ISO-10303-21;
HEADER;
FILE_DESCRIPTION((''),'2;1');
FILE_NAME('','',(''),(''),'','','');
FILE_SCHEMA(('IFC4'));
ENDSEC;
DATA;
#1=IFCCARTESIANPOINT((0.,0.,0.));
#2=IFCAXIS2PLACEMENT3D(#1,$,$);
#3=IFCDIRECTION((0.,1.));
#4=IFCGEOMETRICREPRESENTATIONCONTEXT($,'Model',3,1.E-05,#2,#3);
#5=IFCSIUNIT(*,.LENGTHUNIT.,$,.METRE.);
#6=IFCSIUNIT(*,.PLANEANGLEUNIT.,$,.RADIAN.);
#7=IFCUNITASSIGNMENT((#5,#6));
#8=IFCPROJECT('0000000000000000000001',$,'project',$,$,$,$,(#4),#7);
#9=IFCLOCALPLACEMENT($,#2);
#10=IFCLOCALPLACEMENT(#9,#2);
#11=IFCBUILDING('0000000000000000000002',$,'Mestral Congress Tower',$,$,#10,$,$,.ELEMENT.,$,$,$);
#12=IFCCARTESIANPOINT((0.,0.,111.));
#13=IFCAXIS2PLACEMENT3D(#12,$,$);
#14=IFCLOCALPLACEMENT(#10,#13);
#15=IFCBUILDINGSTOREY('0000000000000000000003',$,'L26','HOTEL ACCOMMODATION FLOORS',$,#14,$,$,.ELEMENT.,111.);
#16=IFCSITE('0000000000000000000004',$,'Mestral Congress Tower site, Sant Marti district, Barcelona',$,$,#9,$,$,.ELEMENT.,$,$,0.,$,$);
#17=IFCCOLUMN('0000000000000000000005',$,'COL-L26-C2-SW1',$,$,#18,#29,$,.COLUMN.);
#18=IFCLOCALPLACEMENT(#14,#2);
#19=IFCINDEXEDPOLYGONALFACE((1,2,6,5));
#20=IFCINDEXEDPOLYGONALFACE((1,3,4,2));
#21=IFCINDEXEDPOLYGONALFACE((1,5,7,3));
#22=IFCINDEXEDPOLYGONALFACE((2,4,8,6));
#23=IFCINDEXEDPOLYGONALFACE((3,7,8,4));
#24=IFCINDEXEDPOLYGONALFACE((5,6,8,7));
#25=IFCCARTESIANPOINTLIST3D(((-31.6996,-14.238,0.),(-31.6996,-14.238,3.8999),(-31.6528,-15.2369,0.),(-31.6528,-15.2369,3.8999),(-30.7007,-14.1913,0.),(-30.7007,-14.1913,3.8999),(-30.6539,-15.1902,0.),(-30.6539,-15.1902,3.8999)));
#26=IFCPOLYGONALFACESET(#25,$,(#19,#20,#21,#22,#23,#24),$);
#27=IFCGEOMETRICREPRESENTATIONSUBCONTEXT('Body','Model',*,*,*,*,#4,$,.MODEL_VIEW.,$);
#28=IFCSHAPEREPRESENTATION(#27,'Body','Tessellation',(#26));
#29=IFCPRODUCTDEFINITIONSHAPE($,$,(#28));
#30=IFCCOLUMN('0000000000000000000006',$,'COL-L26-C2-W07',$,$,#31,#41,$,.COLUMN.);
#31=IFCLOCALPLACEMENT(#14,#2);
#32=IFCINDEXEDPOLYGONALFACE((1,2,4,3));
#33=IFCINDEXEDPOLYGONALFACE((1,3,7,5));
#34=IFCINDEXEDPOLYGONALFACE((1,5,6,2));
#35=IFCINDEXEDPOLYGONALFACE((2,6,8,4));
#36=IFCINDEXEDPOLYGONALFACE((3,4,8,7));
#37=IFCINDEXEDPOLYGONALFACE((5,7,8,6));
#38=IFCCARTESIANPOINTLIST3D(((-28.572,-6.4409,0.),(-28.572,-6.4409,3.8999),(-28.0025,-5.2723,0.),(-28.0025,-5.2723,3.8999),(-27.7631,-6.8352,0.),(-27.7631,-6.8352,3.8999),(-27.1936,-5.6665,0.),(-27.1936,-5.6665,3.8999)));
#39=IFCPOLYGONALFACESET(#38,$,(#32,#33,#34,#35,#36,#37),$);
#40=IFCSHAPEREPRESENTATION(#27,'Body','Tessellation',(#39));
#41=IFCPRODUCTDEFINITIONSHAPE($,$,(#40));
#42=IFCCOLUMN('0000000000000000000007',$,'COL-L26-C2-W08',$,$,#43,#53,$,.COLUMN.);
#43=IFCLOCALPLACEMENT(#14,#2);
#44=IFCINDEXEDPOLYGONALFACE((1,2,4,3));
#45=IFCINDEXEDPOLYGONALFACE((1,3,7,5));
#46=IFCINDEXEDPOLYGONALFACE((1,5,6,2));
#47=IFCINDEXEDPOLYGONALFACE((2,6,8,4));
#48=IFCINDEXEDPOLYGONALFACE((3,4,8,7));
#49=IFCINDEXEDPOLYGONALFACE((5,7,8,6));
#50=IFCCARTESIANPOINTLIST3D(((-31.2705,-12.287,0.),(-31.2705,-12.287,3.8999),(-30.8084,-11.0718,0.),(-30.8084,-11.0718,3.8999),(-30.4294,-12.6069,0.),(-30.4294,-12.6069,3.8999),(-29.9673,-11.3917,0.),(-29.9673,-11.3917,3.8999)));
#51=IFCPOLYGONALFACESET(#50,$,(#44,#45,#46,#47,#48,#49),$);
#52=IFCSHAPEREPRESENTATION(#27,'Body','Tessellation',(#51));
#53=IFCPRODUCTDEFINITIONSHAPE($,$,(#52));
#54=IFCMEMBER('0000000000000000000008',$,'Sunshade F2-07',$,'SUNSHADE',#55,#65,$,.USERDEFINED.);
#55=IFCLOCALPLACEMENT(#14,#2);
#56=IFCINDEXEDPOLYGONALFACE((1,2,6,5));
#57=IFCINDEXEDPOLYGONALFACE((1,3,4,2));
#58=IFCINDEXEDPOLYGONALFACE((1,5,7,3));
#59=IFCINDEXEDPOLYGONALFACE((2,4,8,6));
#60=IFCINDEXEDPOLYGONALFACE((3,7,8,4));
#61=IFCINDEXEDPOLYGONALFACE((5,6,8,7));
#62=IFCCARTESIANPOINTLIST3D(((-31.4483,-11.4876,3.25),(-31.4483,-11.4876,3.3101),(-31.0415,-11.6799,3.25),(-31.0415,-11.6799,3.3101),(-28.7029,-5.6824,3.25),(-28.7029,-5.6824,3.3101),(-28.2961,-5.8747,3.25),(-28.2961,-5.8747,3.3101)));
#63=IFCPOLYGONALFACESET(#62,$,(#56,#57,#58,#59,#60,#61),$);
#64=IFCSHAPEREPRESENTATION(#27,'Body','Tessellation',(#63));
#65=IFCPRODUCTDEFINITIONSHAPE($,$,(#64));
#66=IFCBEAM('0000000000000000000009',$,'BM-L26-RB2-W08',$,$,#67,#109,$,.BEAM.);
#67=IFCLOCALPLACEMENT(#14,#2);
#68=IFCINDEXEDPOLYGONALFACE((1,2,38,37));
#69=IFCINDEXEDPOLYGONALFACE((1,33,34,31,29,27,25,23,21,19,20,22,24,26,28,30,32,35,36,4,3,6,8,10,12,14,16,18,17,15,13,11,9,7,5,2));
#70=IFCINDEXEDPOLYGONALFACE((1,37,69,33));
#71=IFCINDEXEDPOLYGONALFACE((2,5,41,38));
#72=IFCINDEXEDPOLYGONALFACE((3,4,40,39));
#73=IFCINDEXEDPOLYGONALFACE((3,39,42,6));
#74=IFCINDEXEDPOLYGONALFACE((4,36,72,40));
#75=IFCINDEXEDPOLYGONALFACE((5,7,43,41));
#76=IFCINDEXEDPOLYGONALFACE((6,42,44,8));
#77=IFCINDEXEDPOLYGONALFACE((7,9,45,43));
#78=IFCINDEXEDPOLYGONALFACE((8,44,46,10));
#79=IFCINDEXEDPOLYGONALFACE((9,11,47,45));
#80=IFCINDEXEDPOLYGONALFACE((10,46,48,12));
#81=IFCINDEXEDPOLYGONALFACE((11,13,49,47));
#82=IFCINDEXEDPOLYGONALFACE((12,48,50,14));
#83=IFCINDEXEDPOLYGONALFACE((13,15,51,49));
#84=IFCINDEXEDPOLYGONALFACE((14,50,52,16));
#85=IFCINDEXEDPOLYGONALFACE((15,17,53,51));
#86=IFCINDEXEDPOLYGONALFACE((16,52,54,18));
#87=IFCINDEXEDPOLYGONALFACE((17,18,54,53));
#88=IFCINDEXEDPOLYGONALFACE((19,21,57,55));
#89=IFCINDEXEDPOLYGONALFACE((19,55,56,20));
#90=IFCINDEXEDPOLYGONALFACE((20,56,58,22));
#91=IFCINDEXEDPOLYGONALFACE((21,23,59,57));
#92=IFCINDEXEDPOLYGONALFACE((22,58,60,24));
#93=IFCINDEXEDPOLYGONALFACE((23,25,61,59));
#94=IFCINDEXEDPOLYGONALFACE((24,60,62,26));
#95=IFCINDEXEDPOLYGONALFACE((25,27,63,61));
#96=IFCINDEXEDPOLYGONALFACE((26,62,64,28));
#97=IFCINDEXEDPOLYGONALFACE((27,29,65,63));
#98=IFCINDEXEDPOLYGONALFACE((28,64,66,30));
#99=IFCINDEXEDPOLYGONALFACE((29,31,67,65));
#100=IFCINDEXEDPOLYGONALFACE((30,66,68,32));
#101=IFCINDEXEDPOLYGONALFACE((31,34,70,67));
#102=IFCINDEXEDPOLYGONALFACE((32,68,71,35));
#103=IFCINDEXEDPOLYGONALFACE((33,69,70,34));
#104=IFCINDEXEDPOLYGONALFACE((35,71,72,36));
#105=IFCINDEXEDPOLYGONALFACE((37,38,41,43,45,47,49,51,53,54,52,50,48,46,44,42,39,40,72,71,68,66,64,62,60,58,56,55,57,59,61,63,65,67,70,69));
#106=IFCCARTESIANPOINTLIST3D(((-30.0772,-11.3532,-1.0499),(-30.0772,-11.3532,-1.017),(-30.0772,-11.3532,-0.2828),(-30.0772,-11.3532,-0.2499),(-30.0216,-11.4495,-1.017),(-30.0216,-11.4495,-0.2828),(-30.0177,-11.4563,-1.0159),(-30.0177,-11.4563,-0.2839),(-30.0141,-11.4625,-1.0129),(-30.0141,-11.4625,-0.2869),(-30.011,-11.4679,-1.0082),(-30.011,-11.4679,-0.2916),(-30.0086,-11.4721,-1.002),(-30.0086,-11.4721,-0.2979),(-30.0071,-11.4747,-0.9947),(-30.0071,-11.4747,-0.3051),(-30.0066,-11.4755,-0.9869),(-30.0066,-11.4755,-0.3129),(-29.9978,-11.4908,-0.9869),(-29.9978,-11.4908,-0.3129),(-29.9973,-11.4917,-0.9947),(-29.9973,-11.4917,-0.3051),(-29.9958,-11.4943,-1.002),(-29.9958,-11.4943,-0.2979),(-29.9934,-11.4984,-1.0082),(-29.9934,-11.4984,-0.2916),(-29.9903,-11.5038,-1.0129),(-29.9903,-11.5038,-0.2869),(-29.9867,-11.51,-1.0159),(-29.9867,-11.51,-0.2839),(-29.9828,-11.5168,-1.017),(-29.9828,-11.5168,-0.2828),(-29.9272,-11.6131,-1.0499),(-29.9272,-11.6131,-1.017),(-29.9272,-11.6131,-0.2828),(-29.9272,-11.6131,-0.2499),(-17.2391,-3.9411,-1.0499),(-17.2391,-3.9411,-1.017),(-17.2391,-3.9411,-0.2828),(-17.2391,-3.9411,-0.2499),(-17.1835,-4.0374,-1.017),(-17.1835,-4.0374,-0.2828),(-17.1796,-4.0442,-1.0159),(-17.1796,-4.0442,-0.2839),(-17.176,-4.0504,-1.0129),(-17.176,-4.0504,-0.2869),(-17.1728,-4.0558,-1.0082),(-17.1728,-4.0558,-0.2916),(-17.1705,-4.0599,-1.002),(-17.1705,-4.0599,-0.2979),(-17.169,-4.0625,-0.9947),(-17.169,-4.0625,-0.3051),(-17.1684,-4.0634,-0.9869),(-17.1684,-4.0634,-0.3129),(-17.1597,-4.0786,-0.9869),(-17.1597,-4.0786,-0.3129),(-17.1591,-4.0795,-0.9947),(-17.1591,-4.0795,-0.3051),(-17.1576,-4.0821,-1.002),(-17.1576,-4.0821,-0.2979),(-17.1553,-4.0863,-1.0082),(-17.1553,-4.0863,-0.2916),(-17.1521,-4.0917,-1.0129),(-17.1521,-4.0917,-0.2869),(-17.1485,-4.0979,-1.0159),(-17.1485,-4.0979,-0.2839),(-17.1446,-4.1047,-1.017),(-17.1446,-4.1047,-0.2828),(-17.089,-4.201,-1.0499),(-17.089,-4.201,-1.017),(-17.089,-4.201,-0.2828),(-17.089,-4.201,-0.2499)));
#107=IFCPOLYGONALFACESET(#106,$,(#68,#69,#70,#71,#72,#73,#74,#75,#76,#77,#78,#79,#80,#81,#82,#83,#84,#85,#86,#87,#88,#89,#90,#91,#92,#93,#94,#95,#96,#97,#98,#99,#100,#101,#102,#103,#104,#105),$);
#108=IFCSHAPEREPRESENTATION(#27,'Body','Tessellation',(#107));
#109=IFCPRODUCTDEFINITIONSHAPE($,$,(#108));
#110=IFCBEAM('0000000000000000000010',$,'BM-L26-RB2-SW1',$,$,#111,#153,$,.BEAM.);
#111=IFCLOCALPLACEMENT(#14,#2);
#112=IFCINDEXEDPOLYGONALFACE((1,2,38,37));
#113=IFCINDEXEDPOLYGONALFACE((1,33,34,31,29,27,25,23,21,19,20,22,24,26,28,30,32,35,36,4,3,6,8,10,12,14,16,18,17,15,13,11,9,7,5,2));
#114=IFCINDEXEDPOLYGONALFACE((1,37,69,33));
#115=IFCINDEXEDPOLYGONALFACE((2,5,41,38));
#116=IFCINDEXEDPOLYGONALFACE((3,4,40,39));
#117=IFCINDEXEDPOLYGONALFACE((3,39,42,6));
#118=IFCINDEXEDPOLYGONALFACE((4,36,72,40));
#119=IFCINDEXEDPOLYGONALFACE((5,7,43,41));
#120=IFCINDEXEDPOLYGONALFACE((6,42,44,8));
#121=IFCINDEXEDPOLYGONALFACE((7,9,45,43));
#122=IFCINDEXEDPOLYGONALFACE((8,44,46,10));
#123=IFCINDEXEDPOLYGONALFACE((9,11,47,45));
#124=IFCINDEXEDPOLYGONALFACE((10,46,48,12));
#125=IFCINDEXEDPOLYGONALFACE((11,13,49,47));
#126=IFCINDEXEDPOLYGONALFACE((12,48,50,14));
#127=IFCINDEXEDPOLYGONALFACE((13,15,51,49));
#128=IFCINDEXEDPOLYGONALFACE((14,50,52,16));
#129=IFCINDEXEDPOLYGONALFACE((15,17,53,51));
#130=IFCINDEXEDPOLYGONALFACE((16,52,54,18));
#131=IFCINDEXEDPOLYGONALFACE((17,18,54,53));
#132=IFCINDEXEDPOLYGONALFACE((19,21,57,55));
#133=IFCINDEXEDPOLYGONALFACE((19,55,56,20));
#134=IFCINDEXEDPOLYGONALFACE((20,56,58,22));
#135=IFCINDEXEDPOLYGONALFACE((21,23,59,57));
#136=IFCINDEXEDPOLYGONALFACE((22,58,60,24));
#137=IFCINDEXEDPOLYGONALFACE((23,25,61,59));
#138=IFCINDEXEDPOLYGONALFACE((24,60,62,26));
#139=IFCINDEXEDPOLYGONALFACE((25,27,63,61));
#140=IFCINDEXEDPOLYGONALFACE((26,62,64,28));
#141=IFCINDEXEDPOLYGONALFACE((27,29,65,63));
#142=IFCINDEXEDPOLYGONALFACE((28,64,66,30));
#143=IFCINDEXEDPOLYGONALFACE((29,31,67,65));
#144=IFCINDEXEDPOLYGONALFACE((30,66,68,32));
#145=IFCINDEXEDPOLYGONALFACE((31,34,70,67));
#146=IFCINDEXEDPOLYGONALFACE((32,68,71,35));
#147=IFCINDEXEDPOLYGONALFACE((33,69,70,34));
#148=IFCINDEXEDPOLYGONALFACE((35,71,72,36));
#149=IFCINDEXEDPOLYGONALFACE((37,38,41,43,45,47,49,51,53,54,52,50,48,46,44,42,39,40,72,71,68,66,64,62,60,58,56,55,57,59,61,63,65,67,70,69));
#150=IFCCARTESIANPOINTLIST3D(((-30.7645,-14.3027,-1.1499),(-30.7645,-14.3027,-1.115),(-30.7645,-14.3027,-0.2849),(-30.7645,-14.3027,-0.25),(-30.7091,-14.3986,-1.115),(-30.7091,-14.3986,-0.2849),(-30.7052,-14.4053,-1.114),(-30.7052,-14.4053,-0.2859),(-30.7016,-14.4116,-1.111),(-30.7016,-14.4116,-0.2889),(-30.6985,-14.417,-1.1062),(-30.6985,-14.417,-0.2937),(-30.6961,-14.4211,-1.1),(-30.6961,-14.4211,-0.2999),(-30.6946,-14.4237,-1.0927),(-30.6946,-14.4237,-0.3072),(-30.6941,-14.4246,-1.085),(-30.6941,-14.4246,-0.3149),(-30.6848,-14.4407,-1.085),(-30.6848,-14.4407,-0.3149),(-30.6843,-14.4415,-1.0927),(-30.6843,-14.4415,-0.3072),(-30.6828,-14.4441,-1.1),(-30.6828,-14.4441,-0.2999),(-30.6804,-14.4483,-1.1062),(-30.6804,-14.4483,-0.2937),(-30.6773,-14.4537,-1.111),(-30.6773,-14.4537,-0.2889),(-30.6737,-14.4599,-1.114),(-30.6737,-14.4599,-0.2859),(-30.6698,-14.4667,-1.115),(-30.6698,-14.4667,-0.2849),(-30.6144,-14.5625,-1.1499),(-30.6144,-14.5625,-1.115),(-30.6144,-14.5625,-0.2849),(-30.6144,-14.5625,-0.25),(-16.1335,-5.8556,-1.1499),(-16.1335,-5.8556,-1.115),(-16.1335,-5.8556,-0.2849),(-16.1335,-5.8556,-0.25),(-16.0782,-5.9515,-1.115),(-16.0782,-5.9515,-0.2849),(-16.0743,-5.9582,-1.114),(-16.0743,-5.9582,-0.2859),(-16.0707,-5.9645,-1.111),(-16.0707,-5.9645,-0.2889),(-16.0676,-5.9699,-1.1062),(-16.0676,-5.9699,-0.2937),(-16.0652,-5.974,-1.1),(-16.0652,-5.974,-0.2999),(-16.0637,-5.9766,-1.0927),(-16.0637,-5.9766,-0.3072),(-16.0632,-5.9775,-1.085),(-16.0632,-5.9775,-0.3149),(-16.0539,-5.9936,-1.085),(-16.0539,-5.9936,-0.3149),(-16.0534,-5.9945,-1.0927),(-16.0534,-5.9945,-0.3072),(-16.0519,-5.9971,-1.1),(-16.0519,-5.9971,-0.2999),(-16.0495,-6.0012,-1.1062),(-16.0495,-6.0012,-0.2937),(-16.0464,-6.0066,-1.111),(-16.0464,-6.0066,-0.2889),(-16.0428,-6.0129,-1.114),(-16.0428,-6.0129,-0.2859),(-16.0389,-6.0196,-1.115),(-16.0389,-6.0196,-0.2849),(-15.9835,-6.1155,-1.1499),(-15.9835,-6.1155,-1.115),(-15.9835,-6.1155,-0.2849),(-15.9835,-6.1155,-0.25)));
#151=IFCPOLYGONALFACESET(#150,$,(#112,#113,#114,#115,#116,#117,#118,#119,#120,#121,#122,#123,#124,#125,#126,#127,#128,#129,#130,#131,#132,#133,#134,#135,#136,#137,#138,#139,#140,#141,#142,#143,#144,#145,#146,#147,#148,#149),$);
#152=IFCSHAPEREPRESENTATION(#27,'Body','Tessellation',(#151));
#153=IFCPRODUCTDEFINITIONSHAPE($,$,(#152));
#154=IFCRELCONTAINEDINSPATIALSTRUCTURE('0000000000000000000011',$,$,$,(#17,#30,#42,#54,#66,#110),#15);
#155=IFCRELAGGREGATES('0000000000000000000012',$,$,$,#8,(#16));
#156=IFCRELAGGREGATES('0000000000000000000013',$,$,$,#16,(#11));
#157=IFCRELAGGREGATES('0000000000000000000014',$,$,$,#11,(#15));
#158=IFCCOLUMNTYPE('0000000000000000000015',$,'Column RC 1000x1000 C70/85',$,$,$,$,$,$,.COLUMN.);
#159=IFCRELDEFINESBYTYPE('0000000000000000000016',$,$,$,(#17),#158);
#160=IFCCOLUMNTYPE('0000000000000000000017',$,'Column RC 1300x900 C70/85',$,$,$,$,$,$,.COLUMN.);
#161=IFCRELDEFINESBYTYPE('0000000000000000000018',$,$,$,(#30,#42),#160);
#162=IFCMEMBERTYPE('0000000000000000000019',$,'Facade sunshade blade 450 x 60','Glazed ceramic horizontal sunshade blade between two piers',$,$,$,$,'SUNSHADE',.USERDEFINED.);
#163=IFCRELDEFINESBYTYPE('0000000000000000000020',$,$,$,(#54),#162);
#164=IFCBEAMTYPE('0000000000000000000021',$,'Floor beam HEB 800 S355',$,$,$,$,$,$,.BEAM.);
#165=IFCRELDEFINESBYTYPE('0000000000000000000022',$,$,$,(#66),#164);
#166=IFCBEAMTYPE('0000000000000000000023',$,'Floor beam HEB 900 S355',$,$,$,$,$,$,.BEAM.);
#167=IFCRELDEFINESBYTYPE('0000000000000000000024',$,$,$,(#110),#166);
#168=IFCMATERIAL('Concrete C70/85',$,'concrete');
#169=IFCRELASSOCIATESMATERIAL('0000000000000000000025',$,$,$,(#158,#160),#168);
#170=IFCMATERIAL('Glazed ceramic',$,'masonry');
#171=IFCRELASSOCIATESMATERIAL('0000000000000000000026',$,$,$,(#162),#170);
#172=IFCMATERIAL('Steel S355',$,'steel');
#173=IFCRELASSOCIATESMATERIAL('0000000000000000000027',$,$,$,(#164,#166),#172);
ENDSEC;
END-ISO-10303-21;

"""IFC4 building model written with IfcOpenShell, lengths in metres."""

from ifc_helpers import new_model, si_unit, direction, frame, origin, origin_2d, place, context, subcontext, project, spatial, rectangle, i_section, extrude, material, material_profile, profile_set, type_object, element, save


model = new_model("IFC4")

# Units and contexts
model_context = context("Model", 3, precision=1e-05, world=origin(), true_north=direction((0.0, 1.0)))
body_context = subcontext(model_context, "Body", "Model", "MODEL_VIEW")
ifc_project = project(units=[si_unit("LENGTHUNIT", "METRE"), si_unit("PLANEANGLEUNIT", "RADIAN")], contexts=[model_context])

# Site, building, storey
site_placement = place(None, origin())
site = spatial("IfcSite", under=ifc_project, at=site_placement, Name="Mestral Congress Tower site, Sant Marti district, Barcelona", CompositionType="ELEMENT", RefElevation=0.0)
building_placement = place(site_placement, origin())
building = spatial("IfcBuilding", under=site, at=building_placement, Name="Mestral Congress Tower", CompositionType="ELEMENT")
storey_placement = place(building_placement, frame((0.0, 0.0, 111.0)))
storey = spatial("IfcBuildingStorey", under=building, at=storey_placement, Name="L26", Description="HOTEL ACCOMMODATION FLOORS", CompositionType="ELEMENT", Elevation=111.0)

# Columns
ifc_material_1 = material(Name="Concrete C70/85", Category="concrete")
ifc_material_profile_1 = material_profile(ifc_material_1, rectangle(XDim=1.0, YDim=1.0, at=origin_2d()), Name="RC 1000x1000")
ifc_profile_set_1 = profile_set([ifc_material_profile_1], Name="Concrete C70/85")
column_type_1 = type_object("IfcColumnType", Name="Column RC 1000x1000 C70/85", PredefinedType="COLUMN", material=ifc_profile_set_1)
column_placement = place(storey_placement, frame((-31.1768, -14.7141, 0.0), z_axis=(0.0, 0.0, 1.0), x_axis=(0.046756, -0.998906, 0.0)))
element("IfcColumn", 1, at=column_placement, inside=storey, type_object=column_type_1, Name="COL-L26-C2-SW1", PredefinedType="COLUMN", context=body_context, shape_type="SweptSolid", body=[
    extrude(rectangle(XDim=1.0, YDim=1.0, at=origin_2d()), origin(), (0.0, 0.0, 1.0), 3.8999),
])
ifc_material_profile_2 = material_profile(ifc_material_1, rectangle(XDim=1.3, YDim=0.8999, at=origin_2d()), Name="RC 1300x900")
ifc_profile_set_2 = profile_set([ifc_material_profile_2], Name="Concrete C70/85")
column_type_2 = type_object("IfcColumnType", Name="Column RC 1300x900 C70/85", PredefinedType="COLUMN", material=ifc_profile_set_2)
for number, where, z_axis, x_axis, name in (
    (2, (-27.8828, -6.0537, 0.0), (0.0, 0.0, 1.0), (-0.438061, -0.898945, 0.0), "COL-L26-C2-W07"),
    (3, (-30.6189, -11.8394, 0.0), (0.0, 0.0, 1.0), (-0.355494, -0.934679, 0.0), "COL-L26-C2-W08"),
):
    element("IfcColumn", number, at=place(storey_placement, frame(where, z_axis=z_axis, x_axis=x_axis)), inside=storey, type_object=column_type_2, Name=name, PredefinedType="COLUMN", context=body_context, shape_type="SweptSolid", body=[
        extrude(rectangle(XDim=1.3, YDim=0.8999, at=origin_2d()), origin(), (0.0, 0.0, 1.0), 3.8999),
    ])

# Member
ifc_material_2 = material(Name="Glazed ceramic", Category="masonry")
ifc_material_profile_3 = material_profile(ifc_material_2, rectangle(XDim=0.45, YDim=0.0601, at=origin_2d()), Name="Ceramic blade 450 x 60")
ifc_profile_set_3 = profile_set([ifc_material_profile_3], Name="Glazed ceramic")
member_type = type_object("IfcMemberType", Name="Facade sunshade blade 450 x 60", Description="Glazed ceramic horizontal sunshade blade between two piers", ElementType="SUNSHADE", PredefinedType="USERDEFINED", material=ifc_profile_set_3)
member_placement = place(storey_placement, frame((-28.4995, -5.7786, 3.28), z_axis=(-0.427519, -0.904006, 0.0), x_axis=(0.904006, -0.427519, 0.0)))
element("IfcMember", 4, at=member_placement, inside=storey, type_object=member_type, Name="Sunshade F2-07", ObjectType="SUNSHADE", PredefinedType="USERDEFINED", context=body_context, shape_type="SweptSolid", body=[
    extrude(rectangle(XDim=0.45, YDim=0.0601, at=origin_2d()), origin(), (0.0, 0.0, 1.0), 6.4216),
])

# Beams
ifc_material_3 = material(Name="Steel S355", Category="steel")
ifc_material_profile_4 = material_profile(ifc_material_3, i_section(OverallWidth=0.3, OverallDepth=0.8, WebThickness=0.0176, FlangeThickness=0.033, FilletRadius=0.03, at=origin_2d()), Name="HEB 800")
ifc_profile_set_4 = profile_set([ifc_material_profile_4], Name="Steel S355")
beam_type_1 = type_object("IfcBeamType", Name="Floor beam HEB 800 S355", PredefinedType="BEAM", material=ifc_profile_set_4)
beam_1_placement = place(storey_placement, frame((-30.0022, -11.4832, -0.6499), z_axis=(0.866025, 0.5, 0.0), x_axis=(-0.5, 0.866025, 0.0)))
element("IfcBeam", 5, at=beam_1_placement, inside=storey, type_object=beam_type_1, Name="BM-L26-RB2-W08", PredefinedType="BEAM", context=body_context, shape_type="SweptSolid", body=[
    extrude(i_section(OverallWidth=0.3, OverallDepth=0.8, WebThickness=0.0176, FlangeThickness=0.033, FilletRadius=0.03, at=origin_2d()), origin(), (0.0, 0.0, 1.0), 14.8242),
])
ifc_material_profile_5 = material_profile(ifc_material_3, i_section(OverallWidth=0.3, OverallDepth=0.8999, WebThickness=0.0186, FlangeThickness=0.0349, FilletRadius=0.03, at=origin_2d()), Name="HEB 900")
ifc_profile_set_5 = profile_set([ifc_material_profile_5], Name="Steel S355")
beam_type_2 = type_object("IfcBeamType", Name="Floor beam HEB 900 S355", PredefinedType="BEAM", material=ifc_profile_set_5)
beam_2_placement = place(storey_placement, frame((-30.6895, -14.4326, -0.7), z_axis=(0.866028, 0.499995, 0.0), x_axis=(-0.499995, 0.866028, 0.0)))
element("IfcBeam", 6, at=beam_2_placement, inside=storey, type_object=beam_type_2, Name="BM-L26-RB2-SW1", PredefinedType="BEAM", context=body_context, shape_type="SweptSolid", body=[
    extrude(i_section(OverallWidth=0.3, OverallDepth=0.8999, WebThickness=0.0186, FlangeThickness=0.0349, FilletRadius=0.03, at=origin_2d()), origin(), (0.0, 0.0, 1.0), 16.8943),
])

save(model, "model.ifc")
